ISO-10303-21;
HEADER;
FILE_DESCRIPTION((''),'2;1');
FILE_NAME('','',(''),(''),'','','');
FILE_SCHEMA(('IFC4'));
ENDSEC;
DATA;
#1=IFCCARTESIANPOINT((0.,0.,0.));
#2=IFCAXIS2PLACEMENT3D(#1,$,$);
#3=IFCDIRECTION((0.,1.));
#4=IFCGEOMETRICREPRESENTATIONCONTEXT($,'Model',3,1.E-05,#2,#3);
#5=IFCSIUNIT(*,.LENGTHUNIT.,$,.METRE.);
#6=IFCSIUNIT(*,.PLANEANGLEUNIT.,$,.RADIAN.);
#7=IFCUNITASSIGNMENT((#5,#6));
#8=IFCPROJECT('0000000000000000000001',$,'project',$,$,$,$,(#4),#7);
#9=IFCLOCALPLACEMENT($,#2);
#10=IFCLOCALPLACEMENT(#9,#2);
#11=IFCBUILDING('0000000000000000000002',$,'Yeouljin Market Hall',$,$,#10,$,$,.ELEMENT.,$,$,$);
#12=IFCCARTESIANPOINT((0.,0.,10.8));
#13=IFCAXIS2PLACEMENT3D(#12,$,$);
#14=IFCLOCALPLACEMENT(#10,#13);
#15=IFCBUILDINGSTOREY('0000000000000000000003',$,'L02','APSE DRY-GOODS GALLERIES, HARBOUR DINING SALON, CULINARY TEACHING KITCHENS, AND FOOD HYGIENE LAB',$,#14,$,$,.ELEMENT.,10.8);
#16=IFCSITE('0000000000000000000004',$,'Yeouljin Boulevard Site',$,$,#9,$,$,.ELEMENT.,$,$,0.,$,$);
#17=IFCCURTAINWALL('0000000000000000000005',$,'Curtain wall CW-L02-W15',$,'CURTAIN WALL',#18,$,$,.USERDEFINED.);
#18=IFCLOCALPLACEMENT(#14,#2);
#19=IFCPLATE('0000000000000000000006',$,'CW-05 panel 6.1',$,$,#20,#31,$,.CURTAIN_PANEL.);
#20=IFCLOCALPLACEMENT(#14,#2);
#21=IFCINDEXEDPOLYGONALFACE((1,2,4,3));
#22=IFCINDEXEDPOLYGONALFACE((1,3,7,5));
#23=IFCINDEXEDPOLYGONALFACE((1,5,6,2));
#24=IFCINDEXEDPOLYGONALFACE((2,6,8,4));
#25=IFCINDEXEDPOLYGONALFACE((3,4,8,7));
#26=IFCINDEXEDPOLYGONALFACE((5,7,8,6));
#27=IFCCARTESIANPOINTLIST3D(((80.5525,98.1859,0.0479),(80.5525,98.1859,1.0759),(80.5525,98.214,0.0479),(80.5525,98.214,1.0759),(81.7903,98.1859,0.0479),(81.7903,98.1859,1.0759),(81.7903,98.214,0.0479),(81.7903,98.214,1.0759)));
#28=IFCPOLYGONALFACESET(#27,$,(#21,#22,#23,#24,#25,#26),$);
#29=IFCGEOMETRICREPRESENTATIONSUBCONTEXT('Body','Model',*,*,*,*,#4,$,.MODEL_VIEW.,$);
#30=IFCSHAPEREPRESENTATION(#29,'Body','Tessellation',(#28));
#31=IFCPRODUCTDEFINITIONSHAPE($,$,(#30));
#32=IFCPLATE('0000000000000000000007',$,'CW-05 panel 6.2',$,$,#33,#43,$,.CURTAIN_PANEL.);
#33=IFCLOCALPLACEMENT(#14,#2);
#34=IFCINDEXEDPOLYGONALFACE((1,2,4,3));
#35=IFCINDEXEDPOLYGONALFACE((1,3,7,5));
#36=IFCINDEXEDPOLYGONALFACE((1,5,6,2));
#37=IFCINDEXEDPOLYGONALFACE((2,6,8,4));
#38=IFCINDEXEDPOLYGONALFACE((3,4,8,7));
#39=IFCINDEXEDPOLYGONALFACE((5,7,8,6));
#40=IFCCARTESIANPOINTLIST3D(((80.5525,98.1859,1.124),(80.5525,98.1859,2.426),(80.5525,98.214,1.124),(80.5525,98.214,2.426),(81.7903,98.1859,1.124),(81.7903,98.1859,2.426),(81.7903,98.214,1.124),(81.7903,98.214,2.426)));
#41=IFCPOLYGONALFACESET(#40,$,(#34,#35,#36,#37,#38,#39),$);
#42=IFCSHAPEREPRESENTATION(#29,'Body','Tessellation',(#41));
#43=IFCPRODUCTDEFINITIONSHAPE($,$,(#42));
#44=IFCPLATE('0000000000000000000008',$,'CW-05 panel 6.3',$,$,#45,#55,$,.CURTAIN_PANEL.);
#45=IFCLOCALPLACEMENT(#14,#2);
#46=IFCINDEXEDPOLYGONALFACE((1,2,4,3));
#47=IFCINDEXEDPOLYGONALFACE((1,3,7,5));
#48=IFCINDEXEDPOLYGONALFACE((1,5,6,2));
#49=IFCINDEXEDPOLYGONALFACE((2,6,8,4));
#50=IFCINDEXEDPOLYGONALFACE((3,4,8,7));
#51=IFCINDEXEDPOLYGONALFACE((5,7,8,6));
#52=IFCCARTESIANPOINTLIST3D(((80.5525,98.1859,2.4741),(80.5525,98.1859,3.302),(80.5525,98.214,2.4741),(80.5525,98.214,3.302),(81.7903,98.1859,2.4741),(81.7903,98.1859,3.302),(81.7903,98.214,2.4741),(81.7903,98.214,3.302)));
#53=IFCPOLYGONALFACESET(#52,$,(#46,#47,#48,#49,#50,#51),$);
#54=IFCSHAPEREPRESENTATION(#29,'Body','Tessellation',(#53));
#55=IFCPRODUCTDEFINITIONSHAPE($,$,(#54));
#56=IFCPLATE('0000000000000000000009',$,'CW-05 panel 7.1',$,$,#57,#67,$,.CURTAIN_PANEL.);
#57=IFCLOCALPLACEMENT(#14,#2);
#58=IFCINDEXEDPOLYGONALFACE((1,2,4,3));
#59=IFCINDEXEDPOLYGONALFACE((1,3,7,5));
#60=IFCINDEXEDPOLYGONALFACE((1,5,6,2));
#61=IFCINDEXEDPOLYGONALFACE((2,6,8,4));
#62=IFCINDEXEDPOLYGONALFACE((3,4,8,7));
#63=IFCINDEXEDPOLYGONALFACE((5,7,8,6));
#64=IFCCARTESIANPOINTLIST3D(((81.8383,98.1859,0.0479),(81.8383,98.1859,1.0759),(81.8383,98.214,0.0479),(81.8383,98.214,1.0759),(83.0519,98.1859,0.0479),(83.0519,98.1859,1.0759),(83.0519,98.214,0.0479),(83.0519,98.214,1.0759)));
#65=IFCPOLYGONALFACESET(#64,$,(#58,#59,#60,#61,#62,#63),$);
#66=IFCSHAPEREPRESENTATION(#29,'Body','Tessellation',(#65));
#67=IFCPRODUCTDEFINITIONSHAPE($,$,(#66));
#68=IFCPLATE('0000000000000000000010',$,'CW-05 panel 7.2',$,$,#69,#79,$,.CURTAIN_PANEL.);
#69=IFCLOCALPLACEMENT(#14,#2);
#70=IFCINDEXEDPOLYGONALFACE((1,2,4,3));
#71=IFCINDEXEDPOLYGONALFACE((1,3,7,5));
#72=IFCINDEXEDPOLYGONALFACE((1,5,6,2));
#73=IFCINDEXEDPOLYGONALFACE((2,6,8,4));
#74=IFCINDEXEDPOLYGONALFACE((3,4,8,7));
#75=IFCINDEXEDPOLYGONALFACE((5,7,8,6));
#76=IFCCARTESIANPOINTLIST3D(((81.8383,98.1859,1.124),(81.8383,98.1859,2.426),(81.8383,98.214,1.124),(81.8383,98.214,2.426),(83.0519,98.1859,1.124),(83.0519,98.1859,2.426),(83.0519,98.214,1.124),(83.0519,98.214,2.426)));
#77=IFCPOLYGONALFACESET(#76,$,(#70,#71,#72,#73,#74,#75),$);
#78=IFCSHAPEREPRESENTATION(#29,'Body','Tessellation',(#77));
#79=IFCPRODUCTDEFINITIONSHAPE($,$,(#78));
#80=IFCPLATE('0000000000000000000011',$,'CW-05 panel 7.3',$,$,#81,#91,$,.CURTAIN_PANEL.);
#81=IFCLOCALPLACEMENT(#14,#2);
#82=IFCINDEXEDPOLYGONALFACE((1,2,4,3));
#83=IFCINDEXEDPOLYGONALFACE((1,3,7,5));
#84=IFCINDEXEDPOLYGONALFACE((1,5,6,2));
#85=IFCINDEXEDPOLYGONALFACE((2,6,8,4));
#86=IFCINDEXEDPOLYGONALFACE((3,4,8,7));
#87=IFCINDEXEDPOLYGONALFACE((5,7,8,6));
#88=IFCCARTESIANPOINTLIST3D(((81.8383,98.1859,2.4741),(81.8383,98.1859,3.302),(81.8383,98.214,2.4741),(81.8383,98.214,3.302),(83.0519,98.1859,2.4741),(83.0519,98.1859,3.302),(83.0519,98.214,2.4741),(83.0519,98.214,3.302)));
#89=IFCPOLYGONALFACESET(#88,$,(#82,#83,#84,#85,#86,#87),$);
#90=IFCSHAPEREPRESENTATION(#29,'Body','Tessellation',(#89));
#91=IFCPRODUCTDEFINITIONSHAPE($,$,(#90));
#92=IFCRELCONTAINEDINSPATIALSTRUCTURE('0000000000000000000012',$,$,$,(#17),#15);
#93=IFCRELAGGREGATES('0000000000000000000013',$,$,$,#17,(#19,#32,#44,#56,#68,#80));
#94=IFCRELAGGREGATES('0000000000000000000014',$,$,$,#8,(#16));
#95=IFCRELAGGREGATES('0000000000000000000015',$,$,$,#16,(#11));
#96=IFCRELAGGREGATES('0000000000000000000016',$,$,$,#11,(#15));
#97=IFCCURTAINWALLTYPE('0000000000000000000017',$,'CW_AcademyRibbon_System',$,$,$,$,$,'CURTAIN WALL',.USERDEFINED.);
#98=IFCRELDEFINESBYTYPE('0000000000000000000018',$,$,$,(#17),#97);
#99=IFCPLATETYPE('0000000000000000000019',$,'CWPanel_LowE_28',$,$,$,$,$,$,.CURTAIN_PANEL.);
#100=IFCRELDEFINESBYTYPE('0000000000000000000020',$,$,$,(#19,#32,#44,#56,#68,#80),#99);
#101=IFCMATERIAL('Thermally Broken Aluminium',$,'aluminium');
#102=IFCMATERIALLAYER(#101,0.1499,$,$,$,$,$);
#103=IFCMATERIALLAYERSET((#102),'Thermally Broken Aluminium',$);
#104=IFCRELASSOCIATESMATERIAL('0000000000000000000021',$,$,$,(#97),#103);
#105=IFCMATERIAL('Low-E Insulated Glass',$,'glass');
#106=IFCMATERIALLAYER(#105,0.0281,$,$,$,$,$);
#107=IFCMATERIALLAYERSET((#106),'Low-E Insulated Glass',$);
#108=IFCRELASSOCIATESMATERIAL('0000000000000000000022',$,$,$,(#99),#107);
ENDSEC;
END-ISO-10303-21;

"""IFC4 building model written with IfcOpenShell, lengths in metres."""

from ifc_helpers import new_model, si_unit, direction, frame, origin, origin_2d, place, context, subcontext, project, spatial, rectangle, extrude, material, layer, layer_set, type_object, element, aggregate, save


model = new_model("IFC4")

# Units and contexts
model_context = context("Model", 3, precision=1e-05, world=origin(), true_north=direction((0.0, 1.0)))
body_context = subcontext(model_context, "Body", "Model", "MODEL_VIEW")
ifc_project = project(units=[si_unit("LENGTHUNIT", "METRE"), si_unit("PLANEANGLEUNIT", "RADIAN")], contexts=[model_context])

# Site, building, storey
site_placement = place(None, origin())
site = spatial("IfcSite", under=ifc_project, at=site_placement, Name="Yeouljin Boulevard Site", CompositionType="ELEMENT", RefElevation=0.0)
building_placement = place(site_placement, origin())
building = spatial("IfcBuilding", under=site, at=building_placement, Name="Yeouljin Market Hall", CompositionType="ELEMENT")
storey_placement = place(building_placement, frame((0.0, 0.0, 10.8)))
storey = spatial("IfcBuildingStorey", under=building, at=storey_placement, Name="L02", Description="APSE DRY-GOODS GALLERIES, HARBOUR DINING SALON, CULINARY TEACHING KITCHENS, AND FOOD HYGIENE LAB", CompositionType="ELEMENT", Elevation=10.8)

# Curtain wall
ifc_material_1 = material(Name="Thermally Broken Aluminium", Category="aluminium")
ifc_layer_1 = layer(ifc_material_1, 0.1499)
ifc_layer_set_1 = layer_set([ifc_layer_1], Name="Thermally Broken Aluminium")
curtain_wall_type = type_object("IfcCurtainWallType", Name="CW_AcademyRibbon_System", ElementType="CURTAIN WALL", PredefinedType="USERDEFINED", material=ifc_layer_set_1)
curtain_wall_placement = place(storey_placement, origin())
curtain_wall = element("IfcCurtainWall", 1, at=curtain_wall_placement, inside=storey, type_object=curtain_wall_type, Name="Curtain wall CW-L02-W15", ObjectType="CURTAIN WALL", PredefinedType="USERDEFINED")

# Plates
ifc_material_2 = material(Name="Low-E Insulated Glass", Category="glass")
ifc_layer_2 = layer(ifc_material_2, 0.0281)
ifc_layer_set_2 = layer_set([ifc_layer_2], Name="Low-E Insulated Glass")
plate_type = type_object("IfcPlateType", Name="CWPanel_LowE_28", PredefinedType="CURTAIN_PANEL", material=ifc_layer_set_2)
plate_1_placement = place(storey_placement, frame((81.1714, 98.2, 0.0479), z_axis=(0.0, 0.0, 1.0), x_axis=(1.0, 0.0, 0.0)))
plate_1 = element("IfcPlate", 2, at=plate_1_placement, type_object=plate_type, Name="CW-05 panel 6.1", PredefinedType="CURTAIN_PANEL", context=body_context, shape_type="SweptSolid", body=[
    extrude(rectangle(XDim=1.2378, YDim=0.0281, at=origin_2d()), origin(), (0.0, 0.0, 1.0), 1.0281),
])
plate_2_placement = place(storey_placement, frame((81.1714, 98.2, 1.124), z_axis=(0.0, 0.0, 1.0), x_axis=(1.0, 0.0, 0.0)))
plate_2 = element("IfcPlate", 3, at=plate_2_placement, type_object=plate_type, Name="CW-05 panel 6.2", PredefinedType="CURTAIN_PANEL", context=body_context, shape_type="SweptSolid", body=[
    extrude(rectangle(XDim=1.2378, YDim=0.0281, at=origin_2d()), origin(), (0.0, 0.0, 1.0), 1.302),
])
plate_3_placement = place(storey_placement, frame((81.1714, 98.2, 2.4741), z_axis=(0.0, 0.0, 1.0), x_axis=(1.0, 0.0, 0.0)))
plate_3 = element("IfcPlate", 4, at=plate_3_placement, type_object=plate_type, Name="CW-05 panel 6.3", PredefinedType="CURTAIN_PANEL", context=body_context, shape_type="SweptSolid", body=[
    extrude(rectangle(XDim=1.2378, YDim=0.0281, at=origin_2d()), origin(), (0.0, 0.0, 1.0), 0.8279),
])
plate_4_placement = place(storey_placement, frame((82.4451, 98.2, 0.0479), z_axis=(0.0, 0.0, 1.0), x_axis=(1.0, 0.0, 0.0)))
plate_4 = element("IfcPlate", 5, at=plate_4_placement, type_object=plate_type, Name="CW-05 panel 7.1", PredefinedType="CURTAIN_PANEL", context=body_context, shape_type="SweptSolid", body=[
    extrude(rectangle(XDim=1.2136, YDim=0.0281, at=origin_2d()), origin(), (0.0, 0.0, 1.0), 1.0281),
])
plate_5_placement = place(storey_placement, frame((82.4451, 98.2, 1.124), z_axis=(0.0, 0.0, 1.0), x_axis=(1.0, 0.0, 0.0)))
plate_5 = element("IfcPlate", 6, at=plate_5_placement, type_object=plate_type, Name="CW-05 panel 7.2", PredefinedType="CURTAIN_PANEL", context=body_context, shape_type="SweptSolid", body=[
    extrude(rectangle(XDim=1.2136, YDim=0.0281, at=origin_2d()), origin(), (0.0, 0.0, 1.0), 1.302),
])
plate_6_placement = place(storey_placement, frame((82.4451, 98.2, 2.4741), z_axis=(0.0, 0.0, 1.0), x_axis=(1.0, 0.0, 0.0)))
plate_6 = element("IfcPlate", 7, at=plate_6_placement, type_object=plate_type, Name="CW-05 panel 7.3", PredefinedType="CURTAIN_PANEL", context=body_context, shape_type="SweptSolid", body=[
    extrude(rectangle(XDim=1.2136, YDim=0.0281, at=origin_2d()), origin(), (0.0, 0.0, 1.0), 0.8279),
])
aggregate(curtain_wall, [plate_1, plate_2, plate_3, plate_4, plate_5, plate_6])

save(model, "model.ifc")
